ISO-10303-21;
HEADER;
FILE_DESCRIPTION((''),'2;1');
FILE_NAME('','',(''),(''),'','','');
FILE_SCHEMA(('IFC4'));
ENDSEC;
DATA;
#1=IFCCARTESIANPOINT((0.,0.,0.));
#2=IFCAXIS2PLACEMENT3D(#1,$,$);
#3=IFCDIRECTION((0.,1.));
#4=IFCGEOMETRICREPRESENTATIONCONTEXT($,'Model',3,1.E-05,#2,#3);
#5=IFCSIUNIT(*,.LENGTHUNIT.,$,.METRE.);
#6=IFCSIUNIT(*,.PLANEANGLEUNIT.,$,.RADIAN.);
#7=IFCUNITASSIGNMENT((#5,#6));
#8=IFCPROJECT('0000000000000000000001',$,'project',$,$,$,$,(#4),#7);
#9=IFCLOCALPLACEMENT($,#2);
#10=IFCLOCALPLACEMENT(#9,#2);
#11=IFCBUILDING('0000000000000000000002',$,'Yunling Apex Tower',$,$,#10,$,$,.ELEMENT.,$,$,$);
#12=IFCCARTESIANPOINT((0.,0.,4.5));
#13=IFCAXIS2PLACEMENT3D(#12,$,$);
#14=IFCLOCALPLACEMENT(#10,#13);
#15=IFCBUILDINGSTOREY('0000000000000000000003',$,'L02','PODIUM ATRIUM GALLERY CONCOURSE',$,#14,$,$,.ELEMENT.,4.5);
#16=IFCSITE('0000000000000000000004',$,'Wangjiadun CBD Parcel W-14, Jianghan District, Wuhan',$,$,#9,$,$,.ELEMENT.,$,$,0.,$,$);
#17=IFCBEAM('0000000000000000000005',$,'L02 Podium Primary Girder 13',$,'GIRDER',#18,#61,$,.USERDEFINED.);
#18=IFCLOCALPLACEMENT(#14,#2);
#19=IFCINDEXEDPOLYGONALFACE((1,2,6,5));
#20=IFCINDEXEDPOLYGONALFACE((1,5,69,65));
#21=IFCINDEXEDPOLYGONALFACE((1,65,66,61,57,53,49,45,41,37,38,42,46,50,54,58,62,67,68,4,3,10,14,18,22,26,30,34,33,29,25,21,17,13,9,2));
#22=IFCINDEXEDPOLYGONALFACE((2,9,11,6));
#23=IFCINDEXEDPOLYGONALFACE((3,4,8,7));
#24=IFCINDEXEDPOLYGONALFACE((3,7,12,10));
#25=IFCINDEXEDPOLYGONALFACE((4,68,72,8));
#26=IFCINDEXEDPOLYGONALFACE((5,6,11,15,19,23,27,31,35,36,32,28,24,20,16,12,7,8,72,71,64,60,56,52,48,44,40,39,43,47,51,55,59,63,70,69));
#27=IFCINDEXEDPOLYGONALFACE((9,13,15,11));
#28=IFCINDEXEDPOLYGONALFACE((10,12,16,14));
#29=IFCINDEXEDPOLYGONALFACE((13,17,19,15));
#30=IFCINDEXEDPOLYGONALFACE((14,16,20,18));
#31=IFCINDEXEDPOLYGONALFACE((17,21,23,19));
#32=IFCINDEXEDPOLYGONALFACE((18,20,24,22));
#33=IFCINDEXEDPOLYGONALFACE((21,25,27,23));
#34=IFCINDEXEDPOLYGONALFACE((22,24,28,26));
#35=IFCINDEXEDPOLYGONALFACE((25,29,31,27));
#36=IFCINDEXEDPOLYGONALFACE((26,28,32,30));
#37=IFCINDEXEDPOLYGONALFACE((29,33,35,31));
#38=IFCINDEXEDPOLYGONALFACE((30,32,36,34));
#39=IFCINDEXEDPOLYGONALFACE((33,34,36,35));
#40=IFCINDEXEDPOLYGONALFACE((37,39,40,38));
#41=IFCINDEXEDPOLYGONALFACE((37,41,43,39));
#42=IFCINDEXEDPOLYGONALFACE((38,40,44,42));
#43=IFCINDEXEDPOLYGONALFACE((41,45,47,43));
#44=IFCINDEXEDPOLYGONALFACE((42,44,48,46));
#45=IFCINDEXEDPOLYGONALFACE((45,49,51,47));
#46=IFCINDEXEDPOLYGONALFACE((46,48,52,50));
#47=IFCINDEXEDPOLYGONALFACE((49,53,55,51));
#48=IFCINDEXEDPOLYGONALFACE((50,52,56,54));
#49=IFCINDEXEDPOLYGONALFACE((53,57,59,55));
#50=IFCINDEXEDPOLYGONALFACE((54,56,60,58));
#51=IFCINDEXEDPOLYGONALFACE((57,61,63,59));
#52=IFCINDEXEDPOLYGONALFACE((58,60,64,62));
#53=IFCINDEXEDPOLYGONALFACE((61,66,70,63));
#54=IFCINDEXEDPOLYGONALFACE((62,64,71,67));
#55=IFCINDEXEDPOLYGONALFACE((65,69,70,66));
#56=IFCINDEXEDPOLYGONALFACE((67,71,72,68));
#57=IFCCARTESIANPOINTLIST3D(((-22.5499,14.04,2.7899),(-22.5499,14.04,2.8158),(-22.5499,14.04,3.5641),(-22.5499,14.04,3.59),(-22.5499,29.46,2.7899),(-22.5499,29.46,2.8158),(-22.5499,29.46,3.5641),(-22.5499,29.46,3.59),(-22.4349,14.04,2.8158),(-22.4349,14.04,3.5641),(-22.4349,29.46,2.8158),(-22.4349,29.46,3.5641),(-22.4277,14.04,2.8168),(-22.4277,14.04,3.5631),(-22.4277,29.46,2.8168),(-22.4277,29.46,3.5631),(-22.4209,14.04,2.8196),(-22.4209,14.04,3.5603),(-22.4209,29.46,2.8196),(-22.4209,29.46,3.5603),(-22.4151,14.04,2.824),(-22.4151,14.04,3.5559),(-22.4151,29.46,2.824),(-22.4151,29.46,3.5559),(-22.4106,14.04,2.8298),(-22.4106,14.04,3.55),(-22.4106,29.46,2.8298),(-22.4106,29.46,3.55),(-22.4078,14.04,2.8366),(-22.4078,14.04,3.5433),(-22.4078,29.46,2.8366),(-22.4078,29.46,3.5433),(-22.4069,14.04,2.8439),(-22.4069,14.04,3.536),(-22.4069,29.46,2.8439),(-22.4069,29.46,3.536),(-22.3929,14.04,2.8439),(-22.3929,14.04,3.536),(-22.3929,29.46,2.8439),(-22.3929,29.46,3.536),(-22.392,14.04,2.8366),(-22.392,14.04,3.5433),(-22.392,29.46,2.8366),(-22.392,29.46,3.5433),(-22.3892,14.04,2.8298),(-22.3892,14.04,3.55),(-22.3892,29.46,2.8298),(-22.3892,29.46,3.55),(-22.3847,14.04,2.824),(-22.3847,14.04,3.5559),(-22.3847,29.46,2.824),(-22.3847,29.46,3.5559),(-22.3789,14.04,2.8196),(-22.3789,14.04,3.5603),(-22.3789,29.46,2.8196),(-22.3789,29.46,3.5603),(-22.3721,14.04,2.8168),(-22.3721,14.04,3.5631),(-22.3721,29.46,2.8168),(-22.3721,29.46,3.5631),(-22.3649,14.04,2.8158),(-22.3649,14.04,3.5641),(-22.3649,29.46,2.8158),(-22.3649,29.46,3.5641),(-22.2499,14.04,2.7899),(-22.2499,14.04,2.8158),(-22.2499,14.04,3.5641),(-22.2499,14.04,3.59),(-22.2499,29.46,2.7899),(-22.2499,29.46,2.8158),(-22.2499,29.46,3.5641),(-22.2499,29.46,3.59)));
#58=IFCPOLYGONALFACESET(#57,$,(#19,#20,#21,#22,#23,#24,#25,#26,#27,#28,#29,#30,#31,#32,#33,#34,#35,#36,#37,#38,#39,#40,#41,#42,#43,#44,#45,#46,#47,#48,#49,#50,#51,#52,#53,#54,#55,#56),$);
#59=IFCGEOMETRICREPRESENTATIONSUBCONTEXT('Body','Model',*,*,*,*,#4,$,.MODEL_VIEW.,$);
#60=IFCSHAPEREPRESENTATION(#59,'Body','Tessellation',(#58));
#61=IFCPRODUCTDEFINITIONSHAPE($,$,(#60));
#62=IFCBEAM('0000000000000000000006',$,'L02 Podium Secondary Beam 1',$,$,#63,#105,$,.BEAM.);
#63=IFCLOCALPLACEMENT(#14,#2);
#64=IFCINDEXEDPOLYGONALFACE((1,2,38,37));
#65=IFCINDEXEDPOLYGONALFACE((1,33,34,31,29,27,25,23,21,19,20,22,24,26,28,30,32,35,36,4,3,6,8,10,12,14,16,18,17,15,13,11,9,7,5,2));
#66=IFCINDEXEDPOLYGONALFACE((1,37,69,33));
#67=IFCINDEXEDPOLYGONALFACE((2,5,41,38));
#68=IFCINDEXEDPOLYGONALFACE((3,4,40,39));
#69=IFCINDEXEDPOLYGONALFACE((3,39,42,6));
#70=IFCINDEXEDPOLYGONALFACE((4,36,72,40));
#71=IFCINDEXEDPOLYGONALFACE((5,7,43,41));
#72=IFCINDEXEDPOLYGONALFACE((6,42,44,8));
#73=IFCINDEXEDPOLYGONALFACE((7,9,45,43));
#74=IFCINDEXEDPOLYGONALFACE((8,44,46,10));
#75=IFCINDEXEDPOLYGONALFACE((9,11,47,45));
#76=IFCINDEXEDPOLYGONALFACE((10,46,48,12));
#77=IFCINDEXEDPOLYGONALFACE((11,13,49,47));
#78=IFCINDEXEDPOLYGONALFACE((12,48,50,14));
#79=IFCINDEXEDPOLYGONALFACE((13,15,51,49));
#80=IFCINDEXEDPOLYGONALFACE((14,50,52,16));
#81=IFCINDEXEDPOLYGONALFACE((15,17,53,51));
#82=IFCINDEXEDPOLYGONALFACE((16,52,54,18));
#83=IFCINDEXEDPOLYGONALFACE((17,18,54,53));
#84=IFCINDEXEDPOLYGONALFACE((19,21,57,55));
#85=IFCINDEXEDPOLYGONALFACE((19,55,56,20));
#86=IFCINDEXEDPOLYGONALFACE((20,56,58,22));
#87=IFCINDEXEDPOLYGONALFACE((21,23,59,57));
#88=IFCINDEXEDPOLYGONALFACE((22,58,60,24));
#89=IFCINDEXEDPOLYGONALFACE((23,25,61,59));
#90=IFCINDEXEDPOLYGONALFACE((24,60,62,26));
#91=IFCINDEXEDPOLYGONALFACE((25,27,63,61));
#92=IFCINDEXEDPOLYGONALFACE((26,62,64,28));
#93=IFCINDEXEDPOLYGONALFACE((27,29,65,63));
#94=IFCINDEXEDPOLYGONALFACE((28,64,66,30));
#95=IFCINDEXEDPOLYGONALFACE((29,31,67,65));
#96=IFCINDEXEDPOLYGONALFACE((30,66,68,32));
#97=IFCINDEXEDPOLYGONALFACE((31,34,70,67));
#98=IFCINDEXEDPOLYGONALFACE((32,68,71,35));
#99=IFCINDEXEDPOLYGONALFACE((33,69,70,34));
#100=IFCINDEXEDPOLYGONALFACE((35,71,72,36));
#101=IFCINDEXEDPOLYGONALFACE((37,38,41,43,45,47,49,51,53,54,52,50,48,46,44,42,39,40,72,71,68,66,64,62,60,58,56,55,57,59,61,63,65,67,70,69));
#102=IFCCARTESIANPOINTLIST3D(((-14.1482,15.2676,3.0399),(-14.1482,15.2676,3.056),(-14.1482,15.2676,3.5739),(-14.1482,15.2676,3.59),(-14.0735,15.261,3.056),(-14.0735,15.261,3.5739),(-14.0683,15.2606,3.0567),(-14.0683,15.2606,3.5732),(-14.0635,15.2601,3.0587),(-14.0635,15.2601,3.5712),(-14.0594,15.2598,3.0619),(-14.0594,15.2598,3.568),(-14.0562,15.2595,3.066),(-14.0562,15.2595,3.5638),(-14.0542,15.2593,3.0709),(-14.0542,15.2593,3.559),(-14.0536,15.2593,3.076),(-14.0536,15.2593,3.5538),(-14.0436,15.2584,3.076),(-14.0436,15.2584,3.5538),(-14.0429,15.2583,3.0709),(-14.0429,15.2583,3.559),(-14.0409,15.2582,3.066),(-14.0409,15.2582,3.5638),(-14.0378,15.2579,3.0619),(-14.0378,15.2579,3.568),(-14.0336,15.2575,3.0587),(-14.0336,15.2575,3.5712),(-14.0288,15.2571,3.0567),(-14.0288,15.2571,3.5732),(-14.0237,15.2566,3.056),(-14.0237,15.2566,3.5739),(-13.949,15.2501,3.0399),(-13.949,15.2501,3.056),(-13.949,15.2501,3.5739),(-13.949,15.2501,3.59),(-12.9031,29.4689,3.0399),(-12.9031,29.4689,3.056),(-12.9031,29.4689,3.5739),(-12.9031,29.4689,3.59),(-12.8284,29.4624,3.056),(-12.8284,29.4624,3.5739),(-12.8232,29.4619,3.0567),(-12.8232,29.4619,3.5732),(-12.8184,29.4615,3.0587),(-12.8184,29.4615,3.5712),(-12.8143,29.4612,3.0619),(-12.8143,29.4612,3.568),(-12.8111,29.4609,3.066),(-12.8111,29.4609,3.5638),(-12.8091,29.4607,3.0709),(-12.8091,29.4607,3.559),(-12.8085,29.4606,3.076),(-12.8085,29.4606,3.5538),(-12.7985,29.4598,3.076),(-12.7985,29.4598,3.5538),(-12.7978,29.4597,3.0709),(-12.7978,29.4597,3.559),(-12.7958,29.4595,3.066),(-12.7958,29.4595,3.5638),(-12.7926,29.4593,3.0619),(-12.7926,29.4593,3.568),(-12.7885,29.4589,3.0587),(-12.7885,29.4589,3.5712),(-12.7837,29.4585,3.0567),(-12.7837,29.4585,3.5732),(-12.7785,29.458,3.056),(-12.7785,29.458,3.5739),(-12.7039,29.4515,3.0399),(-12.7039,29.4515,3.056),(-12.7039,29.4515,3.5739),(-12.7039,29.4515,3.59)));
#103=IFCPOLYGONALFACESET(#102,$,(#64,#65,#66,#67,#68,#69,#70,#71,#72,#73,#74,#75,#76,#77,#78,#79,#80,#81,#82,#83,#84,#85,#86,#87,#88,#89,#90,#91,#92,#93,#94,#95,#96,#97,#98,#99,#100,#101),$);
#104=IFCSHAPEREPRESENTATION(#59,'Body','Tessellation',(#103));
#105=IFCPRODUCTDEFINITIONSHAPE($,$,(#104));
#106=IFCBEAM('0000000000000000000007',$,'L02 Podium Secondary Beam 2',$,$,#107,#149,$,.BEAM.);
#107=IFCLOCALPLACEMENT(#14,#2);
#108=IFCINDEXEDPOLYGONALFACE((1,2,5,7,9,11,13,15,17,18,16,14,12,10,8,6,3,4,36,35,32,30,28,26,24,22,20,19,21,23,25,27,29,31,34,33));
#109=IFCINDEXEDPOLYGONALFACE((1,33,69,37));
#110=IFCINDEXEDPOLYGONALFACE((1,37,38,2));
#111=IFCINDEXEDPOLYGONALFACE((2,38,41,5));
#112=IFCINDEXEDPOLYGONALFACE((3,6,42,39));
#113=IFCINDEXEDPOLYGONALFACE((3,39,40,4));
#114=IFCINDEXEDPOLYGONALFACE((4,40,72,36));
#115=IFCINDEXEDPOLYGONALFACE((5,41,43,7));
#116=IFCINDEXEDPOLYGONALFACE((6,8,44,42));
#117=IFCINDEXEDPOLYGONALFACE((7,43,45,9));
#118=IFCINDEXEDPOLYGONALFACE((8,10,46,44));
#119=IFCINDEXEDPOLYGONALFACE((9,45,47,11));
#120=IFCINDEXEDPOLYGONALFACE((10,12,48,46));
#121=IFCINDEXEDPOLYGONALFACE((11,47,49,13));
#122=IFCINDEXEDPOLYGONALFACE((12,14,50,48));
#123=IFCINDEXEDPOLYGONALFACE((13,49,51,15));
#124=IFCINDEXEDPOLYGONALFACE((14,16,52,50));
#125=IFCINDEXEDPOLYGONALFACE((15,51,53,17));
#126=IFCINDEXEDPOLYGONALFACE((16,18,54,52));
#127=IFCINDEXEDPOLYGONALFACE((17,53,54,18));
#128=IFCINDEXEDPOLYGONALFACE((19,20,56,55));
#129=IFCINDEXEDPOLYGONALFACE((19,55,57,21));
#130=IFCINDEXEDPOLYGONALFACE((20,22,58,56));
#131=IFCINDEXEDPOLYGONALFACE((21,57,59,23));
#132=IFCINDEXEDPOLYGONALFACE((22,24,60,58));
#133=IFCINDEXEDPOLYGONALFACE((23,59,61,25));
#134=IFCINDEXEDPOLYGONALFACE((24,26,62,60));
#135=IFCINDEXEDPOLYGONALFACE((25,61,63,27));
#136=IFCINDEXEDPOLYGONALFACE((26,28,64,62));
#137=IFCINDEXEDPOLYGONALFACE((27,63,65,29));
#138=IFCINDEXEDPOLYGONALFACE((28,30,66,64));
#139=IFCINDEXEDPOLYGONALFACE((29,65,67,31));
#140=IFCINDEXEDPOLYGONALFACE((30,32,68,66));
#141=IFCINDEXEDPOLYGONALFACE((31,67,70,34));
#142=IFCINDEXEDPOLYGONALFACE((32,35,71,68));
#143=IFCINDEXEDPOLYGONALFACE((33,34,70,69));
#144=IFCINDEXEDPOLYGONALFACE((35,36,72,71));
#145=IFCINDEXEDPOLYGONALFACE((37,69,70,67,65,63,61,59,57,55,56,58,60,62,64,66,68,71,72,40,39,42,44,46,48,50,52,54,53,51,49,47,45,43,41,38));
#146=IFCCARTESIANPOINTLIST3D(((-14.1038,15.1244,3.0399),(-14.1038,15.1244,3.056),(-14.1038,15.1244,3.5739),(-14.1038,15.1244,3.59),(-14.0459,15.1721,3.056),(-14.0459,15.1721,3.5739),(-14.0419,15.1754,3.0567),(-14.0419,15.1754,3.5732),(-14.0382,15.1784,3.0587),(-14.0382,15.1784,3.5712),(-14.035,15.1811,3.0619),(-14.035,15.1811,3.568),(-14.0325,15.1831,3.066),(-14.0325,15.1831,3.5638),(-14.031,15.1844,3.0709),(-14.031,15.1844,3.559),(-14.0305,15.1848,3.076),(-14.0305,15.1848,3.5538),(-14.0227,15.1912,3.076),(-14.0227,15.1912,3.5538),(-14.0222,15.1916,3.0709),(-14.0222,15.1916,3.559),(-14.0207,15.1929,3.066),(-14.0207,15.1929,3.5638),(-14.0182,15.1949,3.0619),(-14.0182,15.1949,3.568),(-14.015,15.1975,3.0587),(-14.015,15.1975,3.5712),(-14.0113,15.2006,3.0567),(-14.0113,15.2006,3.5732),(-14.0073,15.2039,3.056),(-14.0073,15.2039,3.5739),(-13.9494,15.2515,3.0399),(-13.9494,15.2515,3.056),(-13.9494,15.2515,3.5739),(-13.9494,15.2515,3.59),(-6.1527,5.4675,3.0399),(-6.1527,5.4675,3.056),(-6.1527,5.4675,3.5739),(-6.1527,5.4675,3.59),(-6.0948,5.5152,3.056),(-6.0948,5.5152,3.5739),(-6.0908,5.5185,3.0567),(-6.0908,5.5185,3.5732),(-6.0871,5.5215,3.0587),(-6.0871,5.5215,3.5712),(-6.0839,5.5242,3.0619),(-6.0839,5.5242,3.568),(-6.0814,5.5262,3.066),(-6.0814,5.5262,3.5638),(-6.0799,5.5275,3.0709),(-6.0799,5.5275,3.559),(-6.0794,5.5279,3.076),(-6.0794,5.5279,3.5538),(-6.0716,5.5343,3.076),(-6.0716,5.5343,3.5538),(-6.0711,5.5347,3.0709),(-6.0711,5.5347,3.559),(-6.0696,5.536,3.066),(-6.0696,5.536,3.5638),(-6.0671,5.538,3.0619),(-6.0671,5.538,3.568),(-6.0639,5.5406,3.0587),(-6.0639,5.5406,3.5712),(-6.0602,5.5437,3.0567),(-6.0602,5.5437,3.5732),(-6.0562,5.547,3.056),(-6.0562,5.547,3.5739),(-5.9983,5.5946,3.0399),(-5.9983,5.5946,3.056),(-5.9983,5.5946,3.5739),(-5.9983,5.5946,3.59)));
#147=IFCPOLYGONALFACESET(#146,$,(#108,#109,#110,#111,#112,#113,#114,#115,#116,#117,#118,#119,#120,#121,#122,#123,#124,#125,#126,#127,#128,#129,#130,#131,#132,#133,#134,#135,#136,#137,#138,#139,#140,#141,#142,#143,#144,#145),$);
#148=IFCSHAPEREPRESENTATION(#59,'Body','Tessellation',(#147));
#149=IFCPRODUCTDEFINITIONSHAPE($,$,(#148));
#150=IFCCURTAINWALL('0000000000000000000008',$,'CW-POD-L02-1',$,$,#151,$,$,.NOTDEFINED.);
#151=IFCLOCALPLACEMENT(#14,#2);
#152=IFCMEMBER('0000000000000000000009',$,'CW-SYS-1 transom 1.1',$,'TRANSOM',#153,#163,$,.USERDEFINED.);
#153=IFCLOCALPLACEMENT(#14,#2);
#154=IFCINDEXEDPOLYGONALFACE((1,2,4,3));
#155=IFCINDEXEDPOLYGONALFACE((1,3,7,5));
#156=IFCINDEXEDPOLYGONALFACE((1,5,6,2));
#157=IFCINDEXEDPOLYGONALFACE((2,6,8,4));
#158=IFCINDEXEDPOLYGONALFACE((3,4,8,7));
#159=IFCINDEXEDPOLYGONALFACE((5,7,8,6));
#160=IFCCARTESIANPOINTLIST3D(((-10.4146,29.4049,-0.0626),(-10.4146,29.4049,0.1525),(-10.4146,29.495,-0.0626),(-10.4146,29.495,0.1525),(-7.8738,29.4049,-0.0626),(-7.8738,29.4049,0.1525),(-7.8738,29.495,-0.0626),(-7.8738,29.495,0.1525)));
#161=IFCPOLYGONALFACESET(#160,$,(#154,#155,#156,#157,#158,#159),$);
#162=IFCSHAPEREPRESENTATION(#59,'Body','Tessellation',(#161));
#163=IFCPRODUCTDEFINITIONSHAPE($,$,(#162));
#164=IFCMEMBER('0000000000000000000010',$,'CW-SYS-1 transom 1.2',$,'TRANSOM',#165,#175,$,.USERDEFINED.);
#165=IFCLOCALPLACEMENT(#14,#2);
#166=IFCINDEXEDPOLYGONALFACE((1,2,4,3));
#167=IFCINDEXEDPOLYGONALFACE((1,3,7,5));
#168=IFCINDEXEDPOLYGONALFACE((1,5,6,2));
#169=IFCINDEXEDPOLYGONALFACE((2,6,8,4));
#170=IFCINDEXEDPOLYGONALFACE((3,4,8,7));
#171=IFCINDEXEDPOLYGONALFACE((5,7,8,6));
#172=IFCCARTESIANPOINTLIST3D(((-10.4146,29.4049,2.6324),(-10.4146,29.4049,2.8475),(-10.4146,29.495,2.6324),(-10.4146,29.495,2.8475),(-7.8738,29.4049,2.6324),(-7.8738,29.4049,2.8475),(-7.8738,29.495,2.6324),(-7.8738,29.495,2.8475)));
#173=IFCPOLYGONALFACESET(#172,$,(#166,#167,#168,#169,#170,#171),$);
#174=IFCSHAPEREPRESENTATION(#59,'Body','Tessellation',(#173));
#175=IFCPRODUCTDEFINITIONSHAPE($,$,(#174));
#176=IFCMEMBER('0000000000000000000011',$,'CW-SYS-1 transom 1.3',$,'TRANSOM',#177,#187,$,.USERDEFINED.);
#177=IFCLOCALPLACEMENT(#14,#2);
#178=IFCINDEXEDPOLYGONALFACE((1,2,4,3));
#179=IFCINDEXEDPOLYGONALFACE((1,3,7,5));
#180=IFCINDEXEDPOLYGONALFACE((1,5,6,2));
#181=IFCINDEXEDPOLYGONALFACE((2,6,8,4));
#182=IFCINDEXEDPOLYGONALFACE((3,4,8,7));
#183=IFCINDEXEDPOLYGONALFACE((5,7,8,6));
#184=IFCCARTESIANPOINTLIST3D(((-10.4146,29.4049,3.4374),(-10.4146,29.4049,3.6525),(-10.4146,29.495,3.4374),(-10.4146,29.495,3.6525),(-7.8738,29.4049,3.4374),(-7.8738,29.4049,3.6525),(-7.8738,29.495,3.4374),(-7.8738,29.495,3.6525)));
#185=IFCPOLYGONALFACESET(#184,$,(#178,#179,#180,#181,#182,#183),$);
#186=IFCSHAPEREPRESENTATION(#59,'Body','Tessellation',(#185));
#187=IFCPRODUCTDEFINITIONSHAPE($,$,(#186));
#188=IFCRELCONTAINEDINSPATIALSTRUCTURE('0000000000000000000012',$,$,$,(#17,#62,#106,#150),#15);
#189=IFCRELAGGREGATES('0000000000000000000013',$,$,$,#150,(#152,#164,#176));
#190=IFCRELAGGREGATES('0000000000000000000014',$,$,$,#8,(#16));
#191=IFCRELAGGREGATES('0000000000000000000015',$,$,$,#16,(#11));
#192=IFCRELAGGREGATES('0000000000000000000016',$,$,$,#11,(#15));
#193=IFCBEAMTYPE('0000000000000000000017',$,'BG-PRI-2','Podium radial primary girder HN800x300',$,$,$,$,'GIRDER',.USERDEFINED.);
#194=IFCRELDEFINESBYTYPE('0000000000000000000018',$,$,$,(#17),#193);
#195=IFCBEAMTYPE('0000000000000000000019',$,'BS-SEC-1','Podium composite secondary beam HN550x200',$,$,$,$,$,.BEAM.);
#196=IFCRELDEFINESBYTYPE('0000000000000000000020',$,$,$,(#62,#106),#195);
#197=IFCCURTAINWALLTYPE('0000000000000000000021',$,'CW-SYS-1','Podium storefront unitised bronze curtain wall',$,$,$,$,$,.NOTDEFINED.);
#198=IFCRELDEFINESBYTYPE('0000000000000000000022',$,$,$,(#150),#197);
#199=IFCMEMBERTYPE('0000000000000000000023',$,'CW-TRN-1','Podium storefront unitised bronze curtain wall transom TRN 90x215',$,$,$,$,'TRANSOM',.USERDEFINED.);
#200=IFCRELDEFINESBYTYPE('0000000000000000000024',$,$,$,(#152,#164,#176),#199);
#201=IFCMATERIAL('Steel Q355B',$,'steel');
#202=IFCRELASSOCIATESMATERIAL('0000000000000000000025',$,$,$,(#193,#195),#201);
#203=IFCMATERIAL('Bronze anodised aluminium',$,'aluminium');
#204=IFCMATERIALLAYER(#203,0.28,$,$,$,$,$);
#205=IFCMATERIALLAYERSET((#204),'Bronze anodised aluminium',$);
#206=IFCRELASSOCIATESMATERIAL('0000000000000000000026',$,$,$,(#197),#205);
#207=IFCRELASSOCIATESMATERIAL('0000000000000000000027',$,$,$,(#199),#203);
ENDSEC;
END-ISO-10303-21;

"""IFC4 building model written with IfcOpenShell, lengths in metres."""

from ifc_helpers import new_model, si_unit, direction, frame, origin, origin_2d, place, context, subcontext, project, spatial, rectangle, i_section, extrude, source, transform, mapped, material, layer, layer_set, material_profile, profile_set, type_object, element, aggregate, save


model = new_model("IFC4")

# Units and contexts
model_context = context("Model", 3, precision=1e-05, world=origin(), true_north=direction((0.0, 1.0)))
body_context = subcontext(model_context, "Body", "Model", "MODEL_VIEW")
ifc_project = project(units=[si_unit("LENGTHUNIT", "METRE"), si_unit("PLANEANGLEUNIT", "RADIAN")], contexts=[model_context])

# Site, building, storey
site_placement = place(None, origin())
site = spatial("IfcSite", under=ifc_project, at=site_placement, Name="Wangjiadun CBD Parcel W-14, Jianghan District, Wuhan", CompositionType="ELEMENT", RefElevation=0.0)
building_placement = place(site_placement, origin())
building = spatial("IfcBuilding", under=site, at=building_placement, Name="Yunling Apex Tower", CompositionType="ELEMENT")
storey_placement = place(building_placement, frame((0.0, 0.0, 4.5)))
storey = spatial("IfcBuildingStorey", under=building, at=storey_placement, Name="L02", Description="PODIUM ATRIUM GALLERY CONCOURSE", CompositionType="ELEMENT", Elevation=4.5)

# Beams
ifc_material_1 = material(Name="Steel Q355B", Category="steel")
ifc_material_profile_1 = material_profile(ifc_material_1, i_section(OverallWidth=0.3, OverallDepth=0.8, WebThickness=0.0139, FlangeThickness=0.0259, FilletRadius=0.0281, at=origin_2d()))
ifc_profile_set_1 = profile_set([ifc_material_profile_1], Name="Steel Q355B")
beam_type_1 = type_object("IfcBeamType", Name="BG-PRI-2", Description="Podium radial primary girder HN800x300", ElementType="GIRDER", PredefinedType="USERDEFINED", material=ifc_profile_set_1)
shared_shape_1 = source(origin(), body_context, "Body", "SweptSolid", [
    extrude(i_section(OverallWidth=0.3, OverallDepth=0.8, WebThickness=0.0139, FlangeThickness=0.0259, FilletRadius=0.0281, at=origin_2d()), origin(), (0.0, 0.0, 1.0), 15.4199),
])
beam_1_placement = place(storey_placement, frame((-22.3999, 29.46, 3.1899), z_axis=(0.0, -1.0, 0.0), x_axis=(1.0, 0.0, 0.0)))
element("IfcBeam", 1, at=beam_1_placement, inside=storey, type_object=beam_type_1, Name="L02 Podium Primary Girder 13", ObjectType="GIRDER", PredefinedType="USERDEFINED", context=body_context, shape_type="MappedRepresentation", body=[
    mapped(shared_shape_1, transform((0.0, 0.0, 0.0), scale=1.0)),
])
ifc_material_profile_2 = material_profile(ifc_material_1, i_section(OverallWidth=0.2, OverallDepth=0.55, WebThickness=0.01, FlangeThickness=0.0161, FilletRadius=0.02, at=origin_2d()))
ifc_profile_set_2 = profile_set([ifc_material_profile_2], Name="Steel Q355B")
beam_type_2 = type_object("IfcBeamType", Name="BS-SEC-1", Description="Podium composite secondary beam HN550x200", PredefinedType="BEAM", material=ifc_profile_set_2)
shared_shape_2 = source(origin(), body_context, "Body", "SweptSolid", [
    extrude(i_section(OverallWidth=0.2, OverallDepth=0.55, WebThickness=0.01, FlangeThickness=0.0161, FilletRadius=0.02, at=origin_2d()), origin(), (0.0, 0.0, 1.0), 14.2559),
])
beam_2_placement = place(storey_placement, frame((-12.8035, 29.4602, 3.3149), z_axis=(-0.087341, -0.996179, 0.0), x_axis=(0.996179, -0.087341, 0.0)))
element("IfcBeam", 2, at=beam_2_placement, inside=storey, type_object=beam_type_2, Name="L02 Podium Secondary Beam 1", PredefinedType="BEAM", context=body_context, shape_type="MappedRepresentation", body=[
    mapped(shared_shape_2, transform((0.0, 0.0, 0.0), scale=1.0)),
])
shared_shape_3 = source(origin(), body_context, "Body", "SweptSolid", [
    extrude(i_section(OverallWidth=0.2, OverallDepth=0.55, WebThickness=0.01, FlangeThickness=0.0161, FilletRadius=0.02, at=origin_2d()), origin(), (0.0, 0.0, 1.0), 12.509),
])
beam_3_placement = place(storey_placement, frame((-14.0266, 15.188, 3.3149), z_axis=(0.635629, -0.771994, 0.0), x_axis=(0.771994, 0.635629, 0.0)))
element("IfcBeam", 3, at=beam_3_placement, inside=storey, type_object=beam_type_2, Name="L02 Podium Secondary Beam 2", PredefinedType="BEAM", context=body_context, shape_type="MappedRepresentation", body=[
    mapped(shared_shape_3, transform((0.0, 0.0, 0.0), scale=1.0)),
])

# Curtain wall, members
ifc_material_2 = material(Name="Bronze anodised aluminium", Category="aluminium")
ifc_layer_1 = layer(ifc_material_2, 0.28)
ifc_layer_set_1 = layer_set([ifc_layer_1], Name="Bronze anodised aluminium")
curtain_wall_type = type_object("IfcCurtainWallType", Name="CW-SYS-1", Description="Podium storefront unitised bronze curtain wall", PredefinedType="NOTDEFINED", material=ifc_layer_set_1)
curtain_wall_placement = place(storey_placement, origin())
curtain_wall = element("IfcCurtainWall", 4, at=curtain_wall_placement, inside=storey, type_object=curtain_wall_type, Name="CW-POD-L02-1", PredefinedType="NOTDEFINED")
ifc_material_profile_3 = material_profile(ifc_material_2, rectangle(XDim=0.0901, YDim=0.2151, at=origin_2d()))
ifc_profile_set_3 = profile_set([ifc_material_profile_3], Name="Bronze anodised aluminium")
member_type_1 = type_object("IfcMemberType", Name="CW-TRN-1", Description="Podium storefront unitised bronze curtain wall transom TRN 90x215", ElementType="TRANSOM", PredefinedType="USERDEFINED", material=ifc_profile_set_3)
shared_shape_4 = source(origin(), body_context, "Body", "SweptSolid", [
    extrude(rectangle(XDim=0.0901, YDim=0.2151, at=origin_2d()), origin(), (0.0, 0.0, 1.0), 2.5408),
])
member_1_placement = place(storey_placement, frame((-10.4146, 29.45, 0.0449), z_axis=(1.0, 0.0, 0.0), x_axis=(0.0, 1.0, 0.0)))
member_1 = element("IfcMember", 5, at=member_1_placement, type_object=member_type_1, Name="CW-SYS-1 transom 1.1", ObjectType="TRANSOM", PredefinedType="USERDEFINED", context=body_context, shape_type="MappedRepresentation", body=[
    mapped(shared_shape_4, transform((0.0, 0.0, 0.0), scale=1.0)),
])
member_2_placement = place(storey_placement, frame((-10.4146, 29.45, 2.74), z_axis=(1.0, 0.0, 0.0), x_axis=(0.0, 1.0, 0.0)))
member_2 = element("IfcMember", 6, at=member_2_placement, type_object=member_type_1, Name="CW-SYS-1 transom 1.2", ObjectType="TRANSOM", PredefinedType="USERDEFINED", context=body_context, shape_type="MappedRepresentation", body=[
    mapped(shared_shape_4, transform((0.0, 0.0, 0.0), scale=1.0)),
])
member_3_placement = place(storey_placement, frame((-10.4146, 29.45, 3.5449), z_axis=(1.0, 0.0, 0.0), x_axis=(0.0, 1.0, 0.0)))
member_3 = element("IfcMember", 7, at=member_3_placement, type_object=member_type_1, Name="CW-SYS-1 transom 1.3", ObjectType="TRANSOM", PredefinedType="USERDEFINED", context=body_context, shape_type="MappedRepresentation", body=[
    mapped(shared_shape_4, transform((0.0, 0.0, 0.0), scale=1.0)),
])
aggregate(curtain_wall, [member_1, member_2, member_3])

save(model, "model.ifc")
